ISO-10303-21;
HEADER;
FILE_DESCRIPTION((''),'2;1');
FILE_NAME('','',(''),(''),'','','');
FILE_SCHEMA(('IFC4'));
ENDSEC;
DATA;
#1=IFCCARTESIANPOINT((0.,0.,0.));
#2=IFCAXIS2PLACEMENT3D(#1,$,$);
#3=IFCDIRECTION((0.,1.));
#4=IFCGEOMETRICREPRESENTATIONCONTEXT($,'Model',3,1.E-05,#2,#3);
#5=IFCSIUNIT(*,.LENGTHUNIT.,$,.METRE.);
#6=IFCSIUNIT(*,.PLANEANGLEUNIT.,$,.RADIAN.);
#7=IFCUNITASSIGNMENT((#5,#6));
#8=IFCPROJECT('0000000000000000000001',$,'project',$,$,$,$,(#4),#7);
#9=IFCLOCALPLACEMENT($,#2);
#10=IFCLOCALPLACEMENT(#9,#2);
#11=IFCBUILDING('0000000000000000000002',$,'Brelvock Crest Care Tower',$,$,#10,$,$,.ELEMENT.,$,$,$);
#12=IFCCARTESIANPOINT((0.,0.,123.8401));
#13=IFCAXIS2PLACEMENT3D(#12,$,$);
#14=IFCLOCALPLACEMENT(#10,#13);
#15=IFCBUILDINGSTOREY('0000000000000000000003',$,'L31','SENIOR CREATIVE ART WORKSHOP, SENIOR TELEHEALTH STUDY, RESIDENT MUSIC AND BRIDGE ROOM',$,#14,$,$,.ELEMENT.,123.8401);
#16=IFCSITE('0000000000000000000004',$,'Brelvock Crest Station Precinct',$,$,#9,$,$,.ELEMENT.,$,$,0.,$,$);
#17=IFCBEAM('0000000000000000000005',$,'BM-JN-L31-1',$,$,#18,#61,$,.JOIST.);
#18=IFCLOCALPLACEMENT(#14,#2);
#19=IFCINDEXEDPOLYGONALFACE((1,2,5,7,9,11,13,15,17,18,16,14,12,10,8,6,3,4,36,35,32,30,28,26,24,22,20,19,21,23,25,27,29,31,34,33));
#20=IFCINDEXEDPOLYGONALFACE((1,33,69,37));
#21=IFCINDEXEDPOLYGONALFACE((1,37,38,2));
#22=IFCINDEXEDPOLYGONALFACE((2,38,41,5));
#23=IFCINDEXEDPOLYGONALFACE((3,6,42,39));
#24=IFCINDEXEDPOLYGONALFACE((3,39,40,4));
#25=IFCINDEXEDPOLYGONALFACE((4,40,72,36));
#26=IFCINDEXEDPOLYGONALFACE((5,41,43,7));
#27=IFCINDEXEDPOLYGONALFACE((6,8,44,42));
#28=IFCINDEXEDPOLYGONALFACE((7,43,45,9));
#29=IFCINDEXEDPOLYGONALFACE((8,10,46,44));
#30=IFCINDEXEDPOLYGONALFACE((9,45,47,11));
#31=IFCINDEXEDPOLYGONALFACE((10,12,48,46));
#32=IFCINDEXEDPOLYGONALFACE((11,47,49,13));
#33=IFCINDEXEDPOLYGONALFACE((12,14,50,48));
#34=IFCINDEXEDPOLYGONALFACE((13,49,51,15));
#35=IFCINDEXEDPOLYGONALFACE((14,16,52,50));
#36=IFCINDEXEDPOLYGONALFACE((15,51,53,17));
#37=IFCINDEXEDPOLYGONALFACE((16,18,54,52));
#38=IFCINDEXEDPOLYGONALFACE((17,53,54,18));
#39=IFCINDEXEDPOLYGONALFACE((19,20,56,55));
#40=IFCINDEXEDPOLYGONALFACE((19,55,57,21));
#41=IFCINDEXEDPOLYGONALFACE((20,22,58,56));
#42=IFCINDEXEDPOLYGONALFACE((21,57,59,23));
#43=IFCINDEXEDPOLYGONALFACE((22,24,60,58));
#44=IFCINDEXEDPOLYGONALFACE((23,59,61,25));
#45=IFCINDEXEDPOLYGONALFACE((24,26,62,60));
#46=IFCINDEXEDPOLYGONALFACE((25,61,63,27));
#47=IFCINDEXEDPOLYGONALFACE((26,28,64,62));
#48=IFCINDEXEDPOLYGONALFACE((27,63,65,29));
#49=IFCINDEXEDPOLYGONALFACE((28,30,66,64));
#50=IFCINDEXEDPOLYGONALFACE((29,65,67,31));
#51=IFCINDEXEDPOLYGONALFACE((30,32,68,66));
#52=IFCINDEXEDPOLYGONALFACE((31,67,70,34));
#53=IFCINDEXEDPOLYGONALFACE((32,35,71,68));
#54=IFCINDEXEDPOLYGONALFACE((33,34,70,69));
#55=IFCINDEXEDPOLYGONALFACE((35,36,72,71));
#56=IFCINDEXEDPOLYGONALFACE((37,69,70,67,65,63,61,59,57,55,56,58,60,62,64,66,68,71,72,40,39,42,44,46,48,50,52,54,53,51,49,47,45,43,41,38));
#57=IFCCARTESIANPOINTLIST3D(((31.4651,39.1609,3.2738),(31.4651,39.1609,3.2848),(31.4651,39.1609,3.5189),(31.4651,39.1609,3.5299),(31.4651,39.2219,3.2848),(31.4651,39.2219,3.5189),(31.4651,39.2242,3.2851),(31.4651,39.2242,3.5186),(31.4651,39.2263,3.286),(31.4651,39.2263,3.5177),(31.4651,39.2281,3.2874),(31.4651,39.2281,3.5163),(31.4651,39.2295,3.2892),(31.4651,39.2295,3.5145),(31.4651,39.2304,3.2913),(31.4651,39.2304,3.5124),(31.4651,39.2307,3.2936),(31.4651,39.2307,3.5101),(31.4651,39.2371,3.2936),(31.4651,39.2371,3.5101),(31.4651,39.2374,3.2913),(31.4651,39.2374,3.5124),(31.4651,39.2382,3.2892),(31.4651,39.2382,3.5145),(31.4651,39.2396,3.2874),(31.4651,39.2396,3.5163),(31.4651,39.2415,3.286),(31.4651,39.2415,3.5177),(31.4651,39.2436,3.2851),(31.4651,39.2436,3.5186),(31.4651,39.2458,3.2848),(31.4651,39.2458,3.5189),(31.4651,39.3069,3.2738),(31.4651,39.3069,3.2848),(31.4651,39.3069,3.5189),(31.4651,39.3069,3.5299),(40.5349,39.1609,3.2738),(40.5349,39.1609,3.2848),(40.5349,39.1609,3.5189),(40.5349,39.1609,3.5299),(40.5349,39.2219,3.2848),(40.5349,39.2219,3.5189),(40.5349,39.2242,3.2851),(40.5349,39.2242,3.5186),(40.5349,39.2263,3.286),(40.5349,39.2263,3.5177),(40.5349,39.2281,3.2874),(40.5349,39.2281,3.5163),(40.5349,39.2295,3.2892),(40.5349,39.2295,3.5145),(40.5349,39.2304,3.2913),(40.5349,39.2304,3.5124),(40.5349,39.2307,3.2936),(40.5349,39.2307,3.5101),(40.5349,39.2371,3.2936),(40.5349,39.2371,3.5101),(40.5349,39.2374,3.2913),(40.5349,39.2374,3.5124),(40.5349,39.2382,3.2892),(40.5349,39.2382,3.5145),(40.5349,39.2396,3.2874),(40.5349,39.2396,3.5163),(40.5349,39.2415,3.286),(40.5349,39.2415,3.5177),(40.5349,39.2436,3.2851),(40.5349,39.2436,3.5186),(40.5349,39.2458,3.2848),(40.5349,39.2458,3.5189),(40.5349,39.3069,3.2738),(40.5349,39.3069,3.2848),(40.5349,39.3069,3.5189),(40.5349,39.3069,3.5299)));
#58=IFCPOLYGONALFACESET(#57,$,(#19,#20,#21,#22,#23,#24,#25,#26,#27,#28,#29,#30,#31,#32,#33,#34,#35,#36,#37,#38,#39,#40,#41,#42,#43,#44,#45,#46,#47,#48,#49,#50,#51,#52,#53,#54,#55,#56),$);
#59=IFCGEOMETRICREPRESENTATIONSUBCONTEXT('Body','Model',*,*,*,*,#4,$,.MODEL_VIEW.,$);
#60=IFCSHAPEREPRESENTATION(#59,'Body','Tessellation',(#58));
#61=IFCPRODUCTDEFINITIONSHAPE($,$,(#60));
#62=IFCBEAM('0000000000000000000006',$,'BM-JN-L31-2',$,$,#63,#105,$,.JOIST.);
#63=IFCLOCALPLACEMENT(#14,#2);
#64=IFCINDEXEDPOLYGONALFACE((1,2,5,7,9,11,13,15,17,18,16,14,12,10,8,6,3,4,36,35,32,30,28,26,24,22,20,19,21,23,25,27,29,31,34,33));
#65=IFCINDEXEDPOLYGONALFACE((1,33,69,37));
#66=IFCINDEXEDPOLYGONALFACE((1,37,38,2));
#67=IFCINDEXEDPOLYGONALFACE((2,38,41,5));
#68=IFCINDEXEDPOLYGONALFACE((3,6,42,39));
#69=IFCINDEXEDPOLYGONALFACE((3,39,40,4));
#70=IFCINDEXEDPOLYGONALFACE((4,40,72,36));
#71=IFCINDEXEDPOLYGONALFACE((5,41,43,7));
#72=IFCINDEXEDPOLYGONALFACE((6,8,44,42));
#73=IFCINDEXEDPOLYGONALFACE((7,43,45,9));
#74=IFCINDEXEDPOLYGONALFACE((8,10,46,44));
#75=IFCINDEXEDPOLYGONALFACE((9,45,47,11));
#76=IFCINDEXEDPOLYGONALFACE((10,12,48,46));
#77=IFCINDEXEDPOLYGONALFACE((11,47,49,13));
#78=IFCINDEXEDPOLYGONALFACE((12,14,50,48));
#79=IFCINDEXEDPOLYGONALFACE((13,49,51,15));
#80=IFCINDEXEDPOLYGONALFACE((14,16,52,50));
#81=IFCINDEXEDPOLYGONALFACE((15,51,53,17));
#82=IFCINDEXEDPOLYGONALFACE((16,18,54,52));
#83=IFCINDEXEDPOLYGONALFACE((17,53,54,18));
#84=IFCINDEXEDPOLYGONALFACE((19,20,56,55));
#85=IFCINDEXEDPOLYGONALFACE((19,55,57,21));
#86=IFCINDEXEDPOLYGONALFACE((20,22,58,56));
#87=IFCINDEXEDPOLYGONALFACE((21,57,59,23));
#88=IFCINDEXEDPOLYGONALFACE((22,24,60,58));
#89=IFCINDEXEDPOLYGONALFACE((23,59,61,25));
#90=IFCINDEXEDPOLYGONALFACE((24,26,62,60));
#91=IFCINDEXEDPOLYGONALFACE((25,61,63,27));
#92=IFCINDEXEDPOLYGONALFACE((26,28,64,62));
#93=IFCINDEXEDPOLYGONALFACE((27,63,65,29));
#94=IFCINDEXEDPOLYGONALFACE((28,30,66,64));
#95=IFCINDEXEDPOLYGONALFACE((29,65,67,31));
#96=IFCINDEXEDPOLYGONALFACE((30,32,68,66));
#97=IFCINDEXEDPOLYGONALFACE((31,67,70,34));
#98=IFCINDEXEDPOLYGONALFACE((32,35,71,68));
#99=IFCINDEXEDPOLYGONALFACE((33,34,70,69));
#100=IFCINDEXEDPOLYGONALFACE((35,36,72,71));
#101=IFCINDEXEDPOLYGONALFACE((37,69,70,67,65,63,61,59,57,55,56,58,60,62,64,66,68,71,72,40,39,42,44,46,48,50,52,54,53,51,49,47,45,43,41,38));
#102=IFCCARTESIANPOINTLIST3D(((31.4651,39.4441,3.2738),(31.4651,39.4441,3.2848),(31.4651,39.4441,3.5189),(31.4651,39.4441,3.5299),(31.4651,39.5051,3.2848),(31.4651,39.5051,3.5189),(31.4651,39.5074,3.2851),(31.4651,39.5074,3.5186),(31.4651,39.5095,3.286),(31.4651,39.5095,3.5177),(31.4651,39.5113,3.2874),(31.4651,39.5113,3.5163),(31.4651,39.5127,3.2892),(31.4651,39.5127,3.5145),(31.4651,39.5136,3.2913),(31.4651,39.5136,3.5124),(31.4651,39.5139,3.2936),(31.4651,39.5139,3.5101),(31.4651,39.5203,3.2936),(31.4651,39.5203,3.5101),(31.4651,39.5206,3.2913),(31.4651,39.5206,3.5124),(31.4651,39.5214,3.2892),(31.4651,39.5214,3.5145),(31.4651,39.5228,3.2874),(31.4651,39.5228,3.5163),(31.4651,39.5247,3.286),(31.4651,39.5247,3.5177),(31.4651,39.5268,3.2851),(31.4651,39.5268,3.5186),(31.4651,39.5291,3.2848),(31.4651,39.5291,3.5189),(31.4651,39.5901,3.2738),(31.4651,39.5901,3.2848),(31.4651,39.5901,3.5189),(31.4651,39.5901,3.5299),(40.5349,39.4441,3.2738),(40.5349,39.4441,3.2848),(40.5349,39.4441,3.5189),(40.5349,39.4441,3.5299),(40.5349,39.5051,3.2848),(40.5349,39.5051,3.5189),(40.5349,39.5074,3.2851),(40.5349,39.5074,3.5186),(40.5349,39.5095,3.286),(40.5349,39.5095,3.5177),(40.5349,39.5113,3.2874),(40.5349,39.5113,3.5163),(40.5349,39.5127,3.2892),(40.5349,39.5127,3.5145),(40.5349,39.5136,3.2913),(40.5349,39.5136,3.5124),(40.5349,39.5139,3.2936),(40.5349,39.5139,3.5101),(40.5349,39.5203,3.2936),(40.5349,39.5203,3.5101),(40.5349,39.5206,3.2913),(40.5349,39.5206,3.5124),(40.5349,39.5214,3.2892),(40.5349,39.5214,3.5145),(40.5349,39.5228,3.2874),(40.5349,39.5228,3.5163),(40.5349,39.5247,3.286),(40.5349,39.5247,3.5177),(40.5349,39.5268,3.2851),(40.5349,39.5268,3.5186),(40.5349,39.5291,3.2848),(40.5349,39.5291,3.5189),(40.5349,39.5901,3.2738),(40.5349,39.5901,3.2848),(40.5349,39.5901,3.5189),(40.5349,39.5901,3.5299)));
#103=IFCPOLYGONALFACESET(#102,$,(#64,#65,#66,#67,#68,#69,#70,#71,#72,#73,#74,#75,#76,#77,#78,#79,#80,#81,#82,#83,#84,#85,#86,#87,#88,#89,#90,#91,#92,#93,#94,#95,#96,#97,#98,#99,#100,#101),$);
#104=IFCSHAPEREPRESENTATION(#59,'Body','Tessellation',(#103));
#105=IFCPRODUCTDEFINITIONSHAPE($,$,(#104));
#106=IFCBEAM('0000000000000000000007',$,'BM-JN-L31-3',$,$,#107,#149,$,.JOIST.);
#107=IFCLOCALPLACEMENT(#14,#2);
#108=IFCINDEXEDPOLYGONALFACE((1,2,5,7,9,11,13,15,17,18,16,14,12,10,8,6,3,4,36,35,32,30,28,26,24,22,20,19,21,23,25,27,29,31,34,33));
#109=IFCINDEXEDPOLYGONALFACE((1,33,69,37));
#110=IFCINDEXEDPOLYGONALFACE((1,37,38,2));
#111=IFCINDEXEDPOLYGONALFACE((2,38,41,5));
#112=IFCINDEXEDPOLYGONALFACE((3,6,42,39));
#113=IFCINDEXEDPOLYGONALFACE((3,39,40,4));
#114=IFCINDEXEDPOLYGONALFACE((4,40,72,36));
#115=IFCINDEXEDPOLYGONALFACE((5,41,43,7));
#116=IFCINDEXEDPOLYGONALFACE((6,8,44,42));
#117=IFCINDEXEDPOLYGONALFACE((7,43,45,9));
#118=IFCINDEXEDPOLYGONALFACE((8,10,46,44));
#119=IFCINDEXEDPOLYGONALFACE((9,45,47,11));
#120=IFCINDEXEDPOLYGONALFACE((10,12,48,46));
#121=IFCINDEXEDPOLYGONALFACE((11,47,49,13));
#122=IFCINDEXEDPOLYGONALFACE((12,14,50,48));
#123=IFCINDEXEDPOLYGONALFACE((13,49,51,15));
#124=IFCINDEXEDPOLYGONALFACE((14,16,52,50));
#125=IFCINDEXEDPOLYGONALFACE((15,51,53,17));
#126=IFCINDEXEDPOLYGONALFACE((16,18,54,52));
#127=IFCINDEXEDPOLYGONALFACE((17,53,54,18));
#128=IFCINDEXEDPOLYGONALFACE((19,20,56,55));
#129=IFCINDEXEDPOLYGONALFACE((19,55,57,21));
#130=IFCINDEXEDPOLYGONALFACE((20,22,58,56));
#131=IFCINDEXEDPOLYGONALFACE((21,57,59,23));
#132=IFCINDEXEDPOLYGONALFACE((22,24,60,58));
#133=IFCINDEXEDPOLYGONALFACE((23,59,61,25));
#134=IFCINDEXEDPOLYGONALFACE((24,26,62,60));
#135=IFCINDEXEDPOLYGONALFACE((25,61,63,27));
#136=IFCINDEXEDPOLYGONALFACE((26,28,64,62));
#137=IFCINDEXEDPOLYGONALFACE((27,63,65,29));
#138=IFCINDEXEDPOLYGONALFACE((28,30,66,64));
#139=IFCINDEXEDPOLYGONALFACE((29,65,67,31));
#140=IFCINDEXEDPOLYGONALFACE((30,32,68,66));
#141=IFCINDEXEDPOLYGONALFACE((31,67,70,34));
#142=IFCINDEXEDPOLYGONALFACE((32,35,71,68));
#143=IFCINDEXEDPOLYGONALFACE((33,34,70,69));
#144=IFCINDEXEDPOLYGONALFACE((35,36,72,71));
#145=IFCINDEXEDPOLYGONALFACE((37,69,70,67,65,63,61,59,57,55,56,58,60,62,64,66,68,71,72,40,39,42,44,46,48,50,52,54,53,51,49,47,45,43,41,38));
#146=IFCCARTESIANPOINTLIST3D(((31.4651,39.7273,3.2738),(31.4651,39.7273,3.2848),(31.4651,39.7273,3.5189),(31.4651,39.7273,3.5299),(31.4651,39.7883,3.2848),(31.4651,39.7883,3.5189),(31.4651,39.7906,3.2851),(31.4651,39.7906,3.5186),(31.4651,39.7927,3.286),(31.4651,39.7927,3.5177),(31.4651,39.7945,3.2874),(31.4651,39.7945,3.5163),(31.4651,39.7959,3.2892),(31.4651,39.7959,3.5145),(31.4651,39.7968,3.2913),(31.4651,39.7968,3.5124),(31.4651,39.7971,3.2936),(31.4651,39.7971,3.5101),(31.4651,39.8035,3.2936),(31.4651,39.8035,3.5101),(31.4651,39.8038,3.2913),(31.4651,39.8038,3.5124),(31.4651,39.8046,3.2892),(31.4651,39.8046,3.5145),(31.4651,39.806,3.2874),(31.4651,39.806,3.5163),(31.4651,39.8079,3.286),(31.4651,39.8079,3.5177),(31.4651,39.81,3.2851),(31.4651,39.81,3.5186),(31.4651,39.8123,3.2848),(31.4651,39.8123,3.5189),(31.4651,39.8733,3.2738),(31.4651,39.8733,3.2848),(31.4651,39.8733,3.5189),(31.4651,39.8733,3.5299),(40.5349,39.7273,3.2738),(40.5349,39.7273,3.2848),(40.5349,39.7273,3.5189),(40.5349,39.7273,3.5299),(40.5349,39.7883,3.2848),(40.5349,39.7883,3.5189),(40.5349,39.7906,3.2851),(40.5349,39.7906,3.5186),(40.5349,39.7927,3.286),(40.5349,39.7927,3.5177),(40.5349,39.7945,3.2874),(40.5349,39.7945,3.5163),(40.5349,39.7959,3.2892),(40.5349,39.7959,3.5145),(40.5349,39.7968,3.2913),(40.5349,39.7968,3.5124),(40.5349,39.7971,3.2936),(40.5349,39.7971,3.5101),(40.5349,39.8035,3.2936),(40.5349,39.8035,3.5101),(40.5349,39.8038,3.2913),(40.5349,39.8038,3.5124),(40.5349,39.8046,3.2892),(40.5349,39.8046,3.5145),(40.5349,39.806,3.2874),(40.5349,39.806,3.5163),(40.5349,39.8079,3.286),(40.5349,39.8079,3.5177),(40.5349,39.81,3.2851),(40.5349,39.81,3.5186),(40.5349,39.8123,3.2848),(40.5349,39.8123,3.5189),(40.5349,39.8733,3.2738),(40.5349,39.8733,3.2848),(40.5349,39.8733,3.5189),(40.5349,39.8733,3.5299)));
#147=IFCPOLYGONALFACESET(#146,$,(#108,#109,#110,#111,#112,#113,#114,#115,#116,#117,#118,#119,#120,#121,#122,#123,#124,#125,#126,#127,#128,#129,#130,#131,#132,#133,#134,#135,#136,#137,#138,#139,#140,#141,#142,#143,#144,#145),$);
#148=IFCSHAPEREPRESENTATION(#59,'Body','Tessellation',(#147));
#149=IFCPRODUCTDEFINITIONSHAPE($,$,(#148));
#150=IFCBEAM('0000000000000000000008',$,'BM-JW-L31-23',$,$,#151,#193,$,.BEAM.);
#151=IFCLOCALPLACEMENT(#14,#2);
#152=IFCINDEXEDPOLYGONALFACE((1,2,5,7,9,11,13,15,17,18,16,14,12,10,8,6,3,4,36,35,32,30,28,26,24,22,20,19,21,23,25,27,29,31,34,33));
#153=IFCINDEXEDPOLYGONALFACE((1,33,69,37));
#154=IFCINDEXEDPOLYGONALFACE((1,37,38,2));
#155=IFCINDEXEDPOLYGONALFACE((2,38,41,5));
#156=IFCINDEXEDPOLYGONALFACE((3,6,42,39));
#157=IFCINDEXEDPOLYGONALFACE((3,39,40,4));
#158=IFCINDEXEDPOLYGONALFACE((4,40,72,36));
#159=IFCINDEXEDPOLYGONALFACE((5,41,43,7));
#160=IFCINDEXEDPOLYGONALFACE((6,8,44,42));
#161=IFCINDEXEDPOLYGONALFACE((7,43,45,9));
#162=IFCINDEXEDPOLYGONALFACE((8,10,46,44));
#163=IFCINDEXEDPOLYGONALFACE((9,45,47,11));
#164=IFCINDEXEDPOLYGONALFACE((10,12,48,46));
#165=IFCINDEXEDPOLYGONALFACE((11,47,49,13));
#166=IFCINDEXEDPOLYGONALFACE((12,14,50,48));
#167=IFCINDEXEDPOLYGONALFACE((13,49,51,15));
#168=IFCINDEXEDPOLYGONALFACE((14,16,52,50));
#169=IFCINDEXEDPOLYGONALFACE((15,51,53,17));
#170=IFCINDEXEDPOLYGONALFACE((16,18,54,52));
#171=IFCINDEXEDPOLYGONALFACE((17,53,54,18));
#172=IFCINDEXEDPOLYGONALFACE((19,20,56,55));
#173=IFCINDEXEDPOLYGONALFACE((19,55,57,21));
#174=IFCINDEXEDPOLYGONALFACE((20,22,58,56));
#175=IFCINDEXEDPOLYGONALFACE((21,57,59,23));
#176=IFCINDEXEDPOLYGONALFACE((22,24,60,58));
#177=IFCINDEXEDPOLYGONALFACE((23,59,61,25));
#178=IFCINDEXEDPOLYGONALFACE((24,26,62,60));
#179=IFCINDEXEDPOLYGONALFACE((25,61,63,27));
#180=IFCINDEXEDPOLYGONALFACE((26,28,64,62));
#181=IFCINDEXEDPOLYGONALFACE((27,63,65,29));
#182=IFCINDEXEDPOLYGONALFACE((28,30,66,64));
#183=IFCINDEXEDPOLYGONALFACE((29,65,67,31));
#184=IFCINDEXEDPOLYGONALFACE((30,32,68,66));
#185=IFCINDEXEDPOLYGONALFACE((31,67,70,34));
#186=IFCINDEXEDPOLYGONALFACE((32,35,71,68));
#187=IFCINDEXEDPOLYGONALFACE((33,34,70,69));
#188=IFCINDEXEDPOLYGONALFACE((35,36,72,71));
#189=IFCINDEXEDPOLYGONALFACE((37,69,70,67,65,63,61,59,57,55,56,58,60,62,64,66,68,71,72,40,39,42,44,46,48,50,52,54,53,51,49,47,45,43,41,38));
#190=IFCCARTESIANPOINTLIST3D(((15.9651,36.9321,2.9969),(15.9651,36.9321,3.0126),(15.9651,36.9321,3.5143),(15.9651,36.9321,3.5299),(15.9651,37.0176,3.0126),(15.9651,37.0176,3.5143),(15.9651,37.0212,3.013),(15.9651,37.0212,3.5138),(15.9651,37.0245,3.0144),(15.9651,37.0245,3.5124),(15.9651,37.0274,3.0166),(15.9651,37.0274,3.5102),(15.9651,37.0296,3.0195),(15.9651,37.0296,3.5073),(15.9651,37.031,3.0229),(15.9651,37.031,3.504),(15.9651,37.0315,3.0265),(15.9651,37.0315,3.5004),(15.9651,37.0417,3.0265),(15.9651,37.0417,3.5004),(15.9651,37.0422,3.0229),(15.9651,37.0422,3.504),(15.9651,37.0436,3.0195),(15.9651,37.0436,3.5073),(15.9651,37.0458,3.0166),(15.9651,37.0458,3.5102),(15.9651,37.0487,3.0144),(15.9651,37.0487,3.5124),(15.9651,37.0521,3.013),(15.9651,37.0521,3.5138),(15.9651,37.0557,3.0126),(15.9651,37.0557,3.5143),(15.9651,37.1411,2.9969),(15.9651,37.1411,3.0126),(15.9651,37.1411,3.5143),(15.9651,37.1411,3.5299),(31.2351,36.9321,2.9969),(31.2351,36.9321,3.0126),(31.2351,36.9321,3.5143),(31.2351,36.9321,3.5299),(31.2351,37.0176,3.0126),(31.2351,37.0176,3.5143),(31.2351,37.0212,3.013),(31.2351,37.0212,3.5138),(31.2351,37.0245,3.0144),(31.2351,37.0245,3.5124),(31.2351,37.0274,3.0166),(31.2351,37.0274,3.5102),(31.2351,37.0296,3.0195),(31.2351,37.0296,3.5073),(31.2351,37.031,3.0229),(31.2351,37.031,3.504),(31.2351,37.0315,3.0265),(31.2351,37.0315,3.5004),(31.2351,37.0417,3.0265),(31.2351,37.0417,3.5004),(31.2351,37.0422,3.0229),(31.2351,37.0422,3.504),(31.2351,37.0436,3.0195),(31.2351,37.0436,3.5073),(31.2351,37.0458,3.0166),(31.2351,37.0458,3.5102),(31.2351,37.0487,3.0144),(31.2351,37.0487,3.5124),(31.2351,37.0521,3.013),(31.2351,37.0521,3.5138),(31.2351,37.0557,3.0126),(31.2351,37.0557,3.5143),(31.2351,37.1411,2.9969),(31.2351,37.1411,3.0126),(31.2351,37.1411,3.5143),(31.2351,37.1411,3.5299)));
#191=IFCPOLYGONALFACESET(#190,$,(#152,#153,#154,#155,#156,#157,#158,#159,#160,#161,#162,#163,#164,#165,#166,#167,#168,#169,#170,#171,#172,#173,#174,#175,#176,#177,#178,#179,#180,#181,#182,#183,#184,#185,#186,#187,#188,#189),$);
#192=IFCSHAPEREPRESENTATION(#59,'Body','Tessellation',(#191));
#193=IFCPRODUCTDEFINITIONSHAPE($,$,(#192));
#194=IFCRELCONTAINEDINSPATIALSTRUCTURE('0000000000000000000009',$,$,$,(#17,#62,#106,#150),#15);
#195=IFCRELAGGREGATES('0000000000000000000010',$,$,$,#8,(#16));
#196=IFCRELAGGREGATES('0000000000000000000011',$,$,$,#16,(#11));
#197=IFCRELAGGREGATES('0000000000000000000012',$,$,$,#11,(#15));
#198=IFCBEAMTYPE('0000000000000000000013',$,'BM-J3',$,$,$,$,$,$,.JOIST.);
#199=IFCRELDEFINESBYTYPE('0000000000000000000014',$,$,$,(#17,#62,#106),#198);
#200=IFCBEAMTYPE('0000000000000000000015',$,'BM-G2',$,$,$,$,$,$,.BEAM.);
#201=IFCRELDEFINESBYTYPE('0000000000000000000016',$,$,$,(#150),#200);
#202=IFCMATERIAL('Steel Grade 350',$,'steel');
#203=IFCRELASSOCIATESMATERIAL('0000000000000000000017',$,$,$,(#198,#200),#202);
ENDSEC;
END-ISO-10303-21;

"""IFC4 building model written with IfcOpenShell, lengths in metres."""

from ifc_helpers import new_model, si_unit, direction, frame, origin, origin_2d, place, context, subcontext, project, spatial, i_section, extrude, source, transform, mapped, material, material_profile, profile_set, type_object, element, save


model = new_model("IFC4")

# Units and contexts
model_context = context("Model", 3, precision=1e-05, world=origin(), true_north=direction((0.0, 1.0)))
body_context = subcontext(model_context, "Body", "Model", "MODEL_VIEW")
ifc_project = project(units=[si_unit("LENGTHUNIT", "METRE"), si_unit("PLANEANGLEUNIT", "RADIAN")], contexts=[model_context])

# Site, building, storey
site_placement = place(None, origin())
site = spatial("IfcSite", under=ifc_project, at=site_placement, Name="Brelvock Crest Station Precinct", CompositionType="ELEMENT", RefElevation=0.0)
building_placement = place(site_placement, origin())
building = spatial("IfcBuilding", under=site, at=building_placement, Name="Brelvock Crest Care Tower", CompositionType="ELEMENT")
storey_placement = place(building_placement, frame((0.0, 0.0, 123.8401)))
storey = spatial("IfcBuildingStorey", under=building, at=storey_placement, Name="L31", Description="SENIOR CREATIVE ART WORKSHOP, SENIOR TELEHEALTH STUDY, RESIDENT MUSIC AND BRIDGE ROOM", CompositionType="ELEMENT", Elevation=123.8401)

# Beams
ifc_material_1 = material(Name="Steel Grade 350", Category="steel")
ifc_material_profile_1 = material_profile(ifc_material_1, i_section(OverallWidth=0.146, OverallDepth=0.2561, WebThickness=0.0063, FlangeThickness=0.011, FilletRadius=0.0088, at=origin_2d()), Name="250UB37.3")
ifc_profile_set_1 = profile_set([ifc_material_profile_1], Name="Steel Grade 350")
beam_type_1 = type_object("IfcBeamType", Name="BM-J3", PredefinedType="JOIST", material=ifc_profile_set_1)
shared_shape_1 = source(origin(), body_context, "Body", "SweptSolid", [
    extrude(i_section(OverallWidth=0.146, OverallDepth=0.2561, WebThickness=0.0063, FlangeThickness=0.011, FilletRadius=0.0088, at=origin_2d()), origin(), (0.0, 0.0, 1.0), 9.0698),
])
for number, where, z_axis, x_axis, name in (
    (1, (31.4651, 39.2339, 3.4019), (1.0, 0.0, 0.0), (0.0, 1.0, 0.0), "BM-JN-L31-1"),
    (2, (31.4651, 39.5171, 3.4019), (1.0, 0.0, 0.0), (0.0, 1.0, 0.0), "BM-JN-L31-2"),
    (3, (31.4651, 39.8003, 3.4019), (1.0, 0.0, 0.0), (0.0, 1.0, 0.0), "BM-JN-L31-3"),
):
    element("IfcBeam", number, at=place(storey_placement, frame(where, z_axis=z_axis, x_axis=x_axis)), inside=storey, type_object=beam_type_1, Name=name, PredefinedType="JOIST", context=body_context, shape_type="MappedRepresentation", body=[
        mapped(shared_shape_1, transform((0.0, 0.0, 0.0), x_axis=(1.0, 0.0, 0.0), y_axis=(0.0, 1.0, 0.0), z_axis=(0.0, 0.0, 1.0), scale=1.0)),
    ])
ifc_material_profile_2 = material_profile(ifc_material_1, i_section(OverallWidth=0.209, OverallDepth=0.533, WebThickness=0.0103, FlangeThickness=0.0156, FilletRadius=0.0139, at=origin_2d()), Name="530UB92.4")
ifc_profile_set_2 = profile_set([ifc_material_profile_2], Name="Steel Grade 350")
beam_type_2 = type_object("IfcBeamType", Name="BM-G2", PredefinedType="BEAM", material=ifc_profile_set_2)
shared_shape_2 = source(origin(), body_context, "Body", "SweptSolid", [
    extrude(i_section(OverallWidth=0.209, OverallDepth=0.533, WebThickness=0.0103, FlangeThickness=0.0156, FilletRadius=0.0139, at=origin_2d()), origin(), (0.0, 0.0, 1.0), 15.27),
])
for number, where, z_axis, x_axis, name in (
    (4, (15.9651, 37.0366, 3.2634), (1.0, 0.0, 0.0), (0.0, 1.0, 0.0), "BM-JW-L31-23"),
):
    element("IfcBeam", number, at=place(storey_placement, frame(where, z_axis=z_axis, x_axis=x_axis)), inside=storey, type_object=beam_type_2, Name=name, PredefinedType="BEAM", context=body_context, shape_type="MappedRepresentation", body=[
        mapped(shared_shape_2, transform((0.0, 0.0, 0.0), x_axis=(1.0, 0.0, 0.0), y_axis=(0.0, 1.0, 0.0), z_axis=(0.0, 0.0, 1.0), scale=1.0)),
    ])

save(model, "model.ifc")
